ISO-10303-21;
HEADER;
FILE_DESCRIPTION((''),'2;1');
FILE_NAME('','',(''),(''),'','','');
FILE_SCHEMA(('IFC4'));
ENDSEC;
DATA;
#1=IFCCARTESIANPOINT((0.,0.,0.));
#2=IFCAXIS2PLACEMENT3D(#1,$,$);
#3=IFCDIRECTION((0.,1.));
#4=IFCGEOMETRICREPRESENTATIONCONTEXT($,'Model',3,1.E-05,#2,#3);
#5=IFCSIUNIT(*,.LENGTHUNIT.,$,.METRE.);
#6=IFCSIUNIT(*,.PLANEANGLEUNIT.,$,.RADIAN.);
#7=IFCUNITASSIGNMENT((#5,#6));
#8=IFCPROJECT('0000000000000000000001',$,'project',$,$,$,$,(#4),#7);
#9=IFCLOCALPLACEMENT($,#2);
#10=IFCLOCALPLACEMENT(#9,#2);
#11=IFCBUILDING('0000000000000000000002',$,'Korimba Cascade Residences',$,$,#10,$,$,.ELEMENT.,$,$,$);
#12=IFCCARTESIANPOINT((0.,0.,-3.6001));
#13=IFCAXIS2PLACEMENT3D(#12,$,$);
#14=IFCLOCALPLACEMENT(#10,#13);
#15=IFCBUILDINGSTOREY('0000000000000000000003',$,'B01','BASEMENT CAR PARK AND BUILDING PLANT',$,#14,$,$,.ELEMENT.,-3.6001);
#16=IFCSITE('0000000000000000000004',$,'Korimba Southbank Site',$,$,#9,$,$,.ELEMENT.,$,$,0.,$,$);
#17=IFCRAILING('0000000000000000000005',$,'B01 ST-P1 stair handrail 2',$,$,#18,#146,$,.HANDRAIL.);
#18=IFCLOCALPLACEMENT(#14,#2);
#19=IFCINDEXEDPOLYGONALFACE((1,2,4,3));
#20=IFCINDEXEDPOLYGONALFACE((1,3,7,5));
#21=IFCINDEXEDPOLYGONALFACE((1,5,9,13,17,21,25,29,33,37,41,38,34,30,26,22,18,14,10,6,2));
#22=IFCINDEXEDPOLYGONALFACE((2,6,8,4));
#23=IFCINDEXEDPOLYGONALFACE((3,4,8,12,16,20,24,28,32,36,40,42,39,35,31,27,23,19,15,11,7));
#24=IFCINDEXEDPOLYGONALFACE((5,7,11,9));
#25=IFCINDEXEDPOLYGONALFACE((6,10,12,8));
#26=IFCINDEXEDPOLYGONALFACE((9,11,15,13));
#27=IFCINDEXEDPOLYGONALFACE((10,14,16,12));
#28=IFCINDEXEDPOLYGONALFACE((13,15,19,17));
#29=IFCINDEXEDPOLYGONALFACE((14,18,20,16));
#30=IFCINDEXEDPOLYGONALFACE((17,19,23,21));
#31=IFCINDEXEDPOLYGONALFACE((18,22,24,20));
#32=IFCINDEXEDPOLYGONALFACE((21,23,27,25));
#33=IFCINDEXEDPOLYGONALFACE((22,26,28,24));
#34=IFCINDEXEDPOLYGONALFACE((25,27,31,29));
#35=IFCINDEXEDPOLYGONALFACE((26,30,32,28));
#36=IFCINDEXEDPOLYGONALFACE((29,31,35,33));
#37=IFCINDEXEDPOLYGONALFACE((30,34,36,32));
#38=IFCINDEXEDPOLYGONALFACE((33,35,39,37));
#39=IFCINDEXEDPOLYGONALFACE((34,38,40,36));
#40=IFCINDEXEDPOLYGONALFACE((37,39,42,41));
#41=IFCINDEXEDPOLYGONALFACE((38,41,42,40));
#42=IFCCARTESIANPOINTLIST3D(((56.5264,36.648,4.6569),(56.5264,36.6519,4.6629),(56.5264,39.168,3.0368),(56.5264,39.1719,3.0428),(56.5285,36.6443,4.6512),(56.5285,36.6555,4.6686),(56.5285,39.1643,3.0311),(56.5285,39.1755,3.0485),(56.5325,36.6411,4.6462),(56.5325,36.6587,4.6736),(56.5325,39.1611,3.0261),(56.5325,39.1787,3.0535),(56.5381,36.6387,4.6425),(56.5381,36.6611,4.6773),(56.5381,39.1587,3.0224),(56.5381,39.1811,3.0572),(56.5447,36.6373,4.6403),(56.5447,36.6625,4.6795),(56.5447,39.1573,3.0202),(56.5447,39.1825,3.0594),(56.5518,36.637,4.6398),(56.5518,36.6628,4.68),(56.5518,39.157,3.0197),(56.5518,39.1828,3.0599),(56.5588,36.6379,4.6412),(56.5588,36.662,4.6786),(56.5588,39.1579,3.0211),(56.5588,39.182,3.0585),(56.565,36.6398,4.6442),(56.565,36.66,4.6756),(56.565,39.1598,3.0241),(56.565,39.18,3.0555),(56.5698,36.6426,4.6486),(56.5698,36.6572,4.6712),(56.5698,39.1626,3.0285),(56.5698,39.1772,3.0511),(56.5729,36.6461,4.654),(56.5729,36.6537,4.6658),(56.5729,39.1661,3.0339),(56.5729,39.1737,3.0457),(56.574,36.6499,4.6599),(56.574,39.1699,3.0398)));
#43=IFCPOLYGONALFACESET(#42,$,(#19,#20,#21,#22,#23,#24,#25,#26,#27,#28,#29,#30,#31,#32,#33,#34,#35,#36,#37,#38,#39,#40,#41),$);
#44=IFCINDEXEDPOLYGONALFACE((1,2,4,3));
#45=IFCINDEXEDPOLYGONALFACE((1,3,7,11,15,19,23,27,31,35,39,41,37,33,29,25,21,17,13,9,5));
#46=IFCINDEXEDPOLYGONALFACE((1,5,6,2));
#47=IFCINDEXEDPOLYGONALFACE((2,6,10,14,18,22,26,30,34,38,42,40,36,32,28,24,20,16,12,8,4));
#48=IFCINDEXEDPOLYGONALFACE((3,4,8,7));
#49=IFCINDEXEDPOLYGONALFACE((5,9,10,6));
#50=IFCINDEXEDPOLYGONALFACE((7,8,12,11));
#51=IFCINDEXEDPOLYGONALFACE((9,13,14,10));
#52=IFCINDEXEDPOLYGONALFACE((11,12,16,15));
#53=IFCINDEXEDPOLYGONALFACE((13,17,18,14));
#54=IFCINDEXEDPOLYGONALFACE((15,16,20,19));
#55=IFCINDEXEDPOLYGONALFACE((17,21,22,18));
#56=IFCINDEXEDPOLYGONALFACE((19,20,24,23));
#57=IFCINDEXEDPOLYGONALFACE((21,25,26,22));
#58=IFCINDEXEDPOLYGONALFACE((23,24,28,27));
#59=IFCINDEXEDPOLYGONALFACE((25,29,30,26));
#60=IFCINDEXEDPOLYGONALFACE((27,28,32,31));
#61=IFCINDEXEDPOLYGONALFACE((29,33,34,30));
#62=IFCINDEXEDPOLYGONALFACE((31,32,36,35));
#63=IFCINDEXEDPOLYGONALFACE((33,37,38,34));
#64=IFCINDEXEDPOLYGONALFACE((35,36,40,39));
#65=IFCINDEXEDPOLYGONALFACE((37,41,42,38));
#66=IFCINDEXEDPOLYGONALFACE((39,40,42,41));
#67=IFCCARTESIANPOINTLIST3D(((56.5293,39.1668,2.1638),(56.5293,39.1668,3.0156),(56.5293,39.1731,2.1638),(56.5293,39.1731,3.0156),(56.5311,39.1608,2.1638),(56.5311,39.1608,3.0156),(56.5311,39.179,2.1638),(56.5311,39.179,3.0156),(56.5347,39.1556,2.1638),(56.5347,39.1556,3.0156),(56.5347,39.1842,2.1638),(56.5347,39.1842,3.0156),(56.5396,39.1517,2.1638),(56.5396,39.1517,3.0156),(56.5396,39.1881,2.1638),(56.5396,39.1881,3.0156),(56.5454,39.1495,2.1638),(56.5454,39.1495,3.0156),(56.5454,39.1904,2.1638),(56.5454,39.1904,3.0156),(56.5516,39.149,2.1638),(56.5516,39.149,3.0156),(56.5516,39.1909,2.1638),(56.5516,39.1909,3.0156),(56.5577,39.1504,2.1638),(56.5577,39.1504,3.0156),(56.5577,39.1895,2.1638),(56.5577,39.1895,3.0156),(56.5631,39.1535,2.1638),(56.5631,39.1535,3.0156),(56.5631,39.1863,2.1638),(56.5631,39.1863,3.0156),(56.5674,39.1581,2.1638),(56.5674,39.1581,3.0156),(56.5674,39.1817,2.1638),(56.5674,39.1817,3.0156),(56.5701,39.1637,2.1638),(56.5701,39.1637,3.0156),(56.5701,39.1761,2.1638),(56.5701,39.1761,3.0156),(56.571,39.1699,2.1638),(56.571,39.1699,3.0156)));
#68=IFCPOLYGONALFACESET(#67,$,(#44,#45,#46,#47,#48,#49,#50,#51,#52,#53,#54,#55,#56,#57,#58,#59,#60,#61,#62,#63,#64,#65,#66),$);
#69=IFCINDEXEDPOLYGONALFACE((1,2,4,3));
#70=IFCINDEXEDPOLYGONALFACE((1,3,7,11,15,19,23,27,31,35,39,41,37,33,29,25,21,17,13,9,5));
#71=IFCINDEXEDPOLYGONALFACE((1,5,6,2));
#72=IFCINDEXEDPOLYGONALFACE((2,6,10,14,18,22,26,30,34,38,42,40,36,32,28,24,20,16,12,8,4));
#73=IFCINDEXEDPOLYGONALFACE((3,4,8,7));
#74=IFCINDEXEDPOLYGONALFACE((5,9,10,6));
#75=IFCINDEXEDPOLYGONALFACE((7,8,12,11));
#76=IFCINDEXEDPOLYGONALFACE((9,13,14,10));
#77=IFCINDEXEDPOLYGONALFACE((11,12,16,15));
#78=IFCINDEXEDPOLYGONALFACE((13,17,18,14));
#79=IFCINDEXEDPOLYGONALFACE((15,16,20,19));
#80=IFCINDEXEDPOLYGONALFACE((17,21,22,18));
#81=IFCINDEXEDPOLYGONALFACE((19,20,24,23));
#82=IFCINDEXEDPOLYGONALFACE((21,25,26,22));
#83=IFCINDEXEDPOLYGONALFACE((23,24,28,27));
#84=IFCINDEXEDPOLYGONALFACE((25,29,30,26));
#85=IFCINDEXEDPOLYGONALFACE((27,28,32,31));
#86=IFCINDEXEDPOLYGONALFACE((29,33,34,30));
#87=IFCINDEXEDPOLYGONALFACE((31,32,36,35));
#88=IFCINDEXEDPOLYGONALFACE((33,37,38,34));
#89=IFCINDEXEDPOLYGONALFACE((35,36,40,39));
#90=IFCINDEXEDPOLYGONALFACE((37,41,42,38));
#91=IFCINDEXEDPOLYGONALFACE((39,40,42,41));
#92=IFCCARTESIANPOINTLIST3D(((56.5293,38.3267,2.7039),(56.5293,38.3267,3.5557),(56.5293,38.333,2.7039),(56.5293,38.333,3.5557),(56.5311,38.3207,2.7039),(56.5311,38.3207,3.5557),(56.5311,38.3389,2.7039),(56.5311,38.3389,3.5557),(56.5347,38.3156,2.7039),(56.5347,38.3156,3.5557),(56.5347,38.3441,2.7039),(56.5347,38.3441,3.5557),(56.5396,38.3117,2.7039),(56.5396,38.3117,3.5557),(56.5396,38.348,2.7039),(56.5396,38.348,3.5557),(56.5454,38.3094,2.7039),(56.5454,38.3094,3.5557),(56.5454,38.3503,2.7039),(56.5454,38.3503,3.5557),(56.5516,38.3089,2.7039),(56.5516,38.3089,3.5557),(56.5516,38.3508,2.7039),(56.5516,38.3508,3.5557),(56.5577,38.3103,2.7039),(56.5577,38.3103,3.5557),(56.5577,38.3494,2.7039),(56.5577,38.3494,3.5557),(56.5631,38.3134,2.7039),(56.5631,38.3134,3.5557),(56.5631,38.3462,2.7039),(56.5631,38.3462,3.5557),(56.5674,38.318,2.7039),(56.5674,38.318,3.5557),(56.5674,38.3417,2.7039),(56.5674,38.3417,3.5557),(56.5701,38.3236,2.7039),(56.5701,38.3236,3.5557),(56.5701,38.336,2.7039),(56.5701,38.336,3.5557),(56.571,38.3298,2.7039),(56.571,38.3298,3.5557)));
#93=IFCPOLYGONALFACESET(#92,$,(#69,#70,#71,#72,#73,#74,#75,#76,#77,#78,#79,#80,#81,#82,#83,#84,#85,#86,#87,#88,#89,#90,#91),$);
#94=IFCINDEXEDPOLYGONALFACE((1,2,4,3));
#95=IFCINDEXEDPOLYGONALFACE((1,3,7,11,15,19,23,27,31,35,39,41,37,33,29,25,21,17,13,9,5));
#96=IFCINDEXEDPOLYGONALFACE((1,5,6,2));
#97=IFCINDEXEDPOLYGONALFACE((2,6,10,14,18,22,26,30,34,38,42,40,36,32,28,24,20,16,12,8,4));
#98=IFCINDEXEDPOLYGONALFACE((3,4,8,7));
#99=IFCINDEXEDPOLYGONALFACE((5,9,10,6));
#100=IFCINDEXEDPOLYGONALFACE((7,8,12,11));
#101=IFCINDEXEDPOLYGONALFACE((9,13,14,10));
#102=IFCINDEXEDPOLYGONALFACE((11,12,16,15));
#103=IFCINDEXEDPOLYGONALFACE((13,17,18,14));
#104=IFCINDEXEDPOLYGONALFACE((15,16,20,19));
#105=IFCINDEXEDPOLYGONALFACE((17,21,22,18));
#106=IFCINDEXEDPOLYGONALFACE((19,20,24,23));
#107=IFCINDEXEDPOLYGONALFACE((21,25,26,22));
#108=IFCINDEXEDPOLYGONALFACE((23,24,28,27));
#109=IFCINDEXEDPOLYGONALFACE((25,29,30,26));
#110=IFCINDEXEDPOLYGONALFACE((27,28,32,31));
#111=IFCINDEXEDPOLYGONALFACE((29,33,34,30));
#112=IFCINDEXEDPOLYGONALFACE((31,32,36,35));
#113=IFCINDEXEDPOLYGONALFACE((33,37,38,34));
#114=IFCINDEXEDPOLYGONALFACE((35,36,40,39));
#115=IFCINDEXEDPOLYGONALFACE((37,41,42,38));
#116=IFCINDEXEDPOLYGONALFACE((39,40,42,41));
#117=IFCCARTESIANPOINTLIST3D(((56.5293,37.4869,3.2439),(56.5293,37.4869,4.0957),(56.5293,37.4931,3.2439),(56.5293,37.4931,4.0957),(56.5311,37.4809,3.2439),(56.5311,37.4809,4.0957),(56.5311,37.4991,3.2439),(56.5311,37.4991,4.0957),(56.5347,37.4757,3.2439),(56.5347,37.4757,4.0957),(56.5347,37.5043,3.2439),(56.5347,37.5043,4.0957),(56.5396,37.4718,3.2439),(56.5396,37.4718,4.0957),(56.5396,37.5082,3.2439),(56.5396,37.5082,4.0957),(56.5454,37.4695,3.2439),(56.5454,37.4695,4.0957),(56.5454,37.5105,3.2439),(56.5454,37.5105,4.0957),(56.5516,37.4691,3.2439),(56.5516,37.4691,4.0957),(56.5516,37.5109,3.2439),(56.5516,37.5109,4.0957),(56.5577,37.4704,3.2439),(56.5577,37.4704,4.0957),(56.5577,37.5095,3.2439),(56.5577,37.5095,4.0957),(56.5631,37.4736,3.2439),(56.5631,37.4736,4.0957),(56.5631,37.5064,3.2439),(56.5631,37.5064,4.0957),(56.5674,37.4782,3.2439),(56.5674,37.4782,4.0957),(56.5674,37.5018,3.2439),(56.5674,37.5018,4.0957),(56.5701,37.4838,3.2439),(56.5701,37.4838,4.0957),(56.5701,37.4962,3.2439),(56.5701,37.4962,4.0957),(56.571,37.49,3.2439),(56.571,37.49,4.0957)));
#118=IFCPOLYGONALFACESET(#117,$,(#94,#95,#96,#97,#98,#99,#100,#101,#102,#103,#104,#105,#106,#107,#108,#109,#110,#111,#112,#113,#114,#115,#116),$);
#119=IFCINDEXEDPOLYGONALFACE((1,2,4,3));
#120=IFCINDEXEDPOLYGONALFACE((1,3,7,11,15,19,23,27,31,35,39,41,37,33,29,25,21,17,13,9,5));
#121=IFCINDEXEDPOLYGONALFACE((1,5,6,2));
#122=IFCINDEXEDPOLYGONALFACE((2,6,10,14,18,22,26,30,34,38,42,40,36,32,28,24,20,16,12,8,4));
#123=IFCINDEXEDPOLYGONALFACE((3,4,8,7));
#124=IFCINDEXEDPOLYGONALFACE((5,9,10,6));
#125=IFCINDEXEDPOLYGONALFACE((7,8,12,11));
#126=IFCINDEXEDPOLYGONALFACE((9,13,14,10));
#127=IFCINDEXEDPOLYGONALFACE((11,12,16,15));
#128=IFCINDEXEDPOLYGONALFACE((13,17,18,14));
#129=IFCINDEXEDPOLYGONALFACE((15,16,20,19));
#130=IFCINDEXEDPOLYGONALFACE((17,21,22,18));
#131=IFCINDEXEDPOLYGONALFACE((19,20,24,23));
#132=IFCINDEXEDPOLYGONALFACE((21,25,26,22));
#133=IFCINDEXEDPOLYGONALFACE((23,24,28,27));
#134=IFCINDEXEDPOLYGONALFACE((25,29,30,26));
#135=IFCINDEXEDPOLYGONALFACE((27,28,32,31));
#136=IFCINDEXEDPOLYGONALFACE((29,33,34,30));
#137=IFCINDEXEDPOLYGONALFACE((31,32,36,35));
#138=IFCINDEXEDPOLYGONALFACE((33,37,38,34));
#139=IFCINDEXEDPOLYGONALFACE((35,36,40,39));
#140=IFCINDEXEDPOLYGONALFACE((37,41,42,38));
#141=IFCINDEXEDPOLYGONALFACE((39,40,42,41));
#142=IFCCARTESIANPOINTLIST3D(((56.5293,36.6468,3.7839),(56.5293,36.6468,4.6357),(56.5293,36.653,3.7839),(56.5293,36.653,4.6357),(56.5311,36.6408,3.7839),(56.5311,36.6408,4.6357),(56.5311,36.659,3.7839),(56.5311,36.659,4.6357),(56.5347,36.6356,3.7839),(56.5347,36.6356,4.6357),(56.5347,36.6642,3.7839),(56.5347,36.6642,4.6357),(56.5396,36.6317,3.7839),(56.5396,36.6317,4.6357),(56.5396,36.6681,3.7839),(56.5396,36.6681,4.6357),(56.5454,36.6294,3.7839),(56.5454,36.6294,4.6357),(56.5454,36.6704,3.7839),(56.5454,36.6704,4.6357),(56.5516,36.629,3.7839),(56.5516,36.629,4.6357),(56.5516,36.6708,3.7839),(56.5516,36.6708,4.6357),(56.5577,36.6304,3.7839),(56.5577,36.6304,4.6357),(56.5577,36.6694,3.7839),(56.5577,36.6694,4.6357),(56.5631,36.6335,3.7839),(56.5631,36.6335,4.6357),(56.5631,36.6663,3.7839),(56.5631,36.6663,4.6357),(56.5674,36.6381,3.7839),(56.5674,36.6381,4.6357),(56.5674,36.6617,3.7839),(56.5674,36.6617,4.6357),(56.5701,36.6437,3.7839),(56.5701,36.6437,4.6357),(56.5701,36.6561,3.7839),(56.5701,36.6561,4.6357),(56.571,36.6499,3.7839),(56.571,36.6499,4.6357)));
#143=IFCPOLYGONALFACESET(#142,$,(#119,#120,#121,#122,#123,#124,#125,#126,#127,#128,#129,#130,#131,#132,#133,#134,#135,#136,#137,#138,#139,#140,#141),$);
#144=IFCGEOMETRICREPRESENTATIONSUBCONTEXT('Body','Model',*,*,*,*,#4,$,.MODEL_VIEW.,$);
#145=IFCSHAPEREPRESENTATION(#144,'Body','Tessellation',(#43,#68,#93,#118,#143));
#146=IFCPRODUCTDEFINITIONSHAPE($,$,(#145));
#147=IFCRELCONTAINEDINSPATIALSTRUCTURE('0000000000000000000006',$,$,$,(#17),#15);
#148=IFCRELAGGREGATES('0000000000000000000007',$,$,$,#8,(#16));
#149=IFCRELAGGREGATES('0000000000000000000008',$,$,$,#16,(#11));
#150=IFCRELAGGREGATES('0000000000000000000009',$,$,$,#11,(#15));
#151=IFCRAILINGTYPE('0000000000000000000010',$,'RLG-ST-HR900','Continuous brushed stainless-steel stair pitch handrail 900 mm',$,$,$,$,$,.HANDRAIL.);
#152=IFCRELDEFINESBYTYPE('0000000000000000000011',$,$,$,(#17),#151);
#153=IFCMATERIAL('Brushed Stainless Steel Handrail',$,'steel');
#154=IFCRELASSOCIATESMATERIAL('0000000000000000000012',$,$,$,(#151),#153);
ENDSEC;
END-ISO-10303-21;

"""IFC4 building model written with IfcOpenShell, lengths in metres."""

from ifc_helpers import new_model, si_unit, direction, frame, origin, origin_2d, place, context, subcontext, project, spatial, circle, extrude, material, type_object, element, save


model = new_model("IFC4")

# Units and contexts
model_context = context("Model", 3, precision=1e-05, world=origin(), true_north=direction((0.0, 1.0)))
body_context = subcontext(model_context, "Body", "Model", "MODEL_VIEW")
ifc_project = project(units=[si_unit("LENGTHUNIT", "METRE"), si_unit("PLANEANGLEUNIT", "RADIAN")], contexts=[model_context])

# Site, building, storey
site_placement = place(None, origin())
site = spatial("IfcSite", under=ifc_project, at=site_placement, Name="Korimba Southbank Site", CompositionType="ELEMENT", RefElevation=0.0)
building_placement = place(site_placement, origin())
building = spatial("IfcBuilding", under=site, at=building_placement, Name="Korimba Cascade Residences", CompositionType="ELEMENT")
storey_placement = place(building_placement, frame((0.0, 0.0, -3.6001)))
storey = spatial("IfcBuildingStorey", under=building, at=storey_placement, Name="B01", Description="BASEMENT CAR PARK AND BUILDING PLANT", CompositionType="ELEMENT", Elevation=-3.6001)

# Railing
ifc_material_1 = material(Name="Brushed Stainless Steel Handrail", Category="steel")
railing_type_1 = type_object("IfcRailingType", Name="RLG-ST-HR900", Description="Continuous brushed stainless-steel stair pitch handrail 900 mm", PredefinedType="HANDRAIL", material=ifc_material_1)
for number, where, name in (
    (1, (56.55, 39.1699, 2.1638), "B01 ST-P1 stair handrail 2"),
):
    element("IfcRailing", number, at=place(storey_placement, frame(where)), inside=storey, type_object=railing_type_1, Name=name, PredefinedType="HANDRAIL", context=body_context, shape_type="SweptSolid", body=[
        extrude(circle(Radius=0.0239, at=origin_2d()), frame((0.0, 0.0, 0.876), z_axis=(0.0, -0.841163, 0.540782), x_axis=(1.0, 0.0, 0.0)), (0.0, 0.0, 1.0), 2.9958),
        extrude(circle(Radius=0.021, at=origin_2d()), origin(), (0.0, 0.0, 1.0), 0.8518),
        extrude(circle(Radius=0.021, at=origin_2d()), frame((0.0, -0.8401, 0.54)), (0.0, 0.0, 1.0), 0.8518),
        extrude(circle(Radius=0.021, at=origin_2d()), frame((0.0, -1.6799, 1.0801)), (0.0, 0.0, 1.0), 0.8518),
        extrude(circle(Radius=0.021, at=origin_2d()), frame((0.0, -2.52, 1.6201)), (0.0, 0.0, 1.0), 0.8518),
    ])

save(model, "model.ifc")
